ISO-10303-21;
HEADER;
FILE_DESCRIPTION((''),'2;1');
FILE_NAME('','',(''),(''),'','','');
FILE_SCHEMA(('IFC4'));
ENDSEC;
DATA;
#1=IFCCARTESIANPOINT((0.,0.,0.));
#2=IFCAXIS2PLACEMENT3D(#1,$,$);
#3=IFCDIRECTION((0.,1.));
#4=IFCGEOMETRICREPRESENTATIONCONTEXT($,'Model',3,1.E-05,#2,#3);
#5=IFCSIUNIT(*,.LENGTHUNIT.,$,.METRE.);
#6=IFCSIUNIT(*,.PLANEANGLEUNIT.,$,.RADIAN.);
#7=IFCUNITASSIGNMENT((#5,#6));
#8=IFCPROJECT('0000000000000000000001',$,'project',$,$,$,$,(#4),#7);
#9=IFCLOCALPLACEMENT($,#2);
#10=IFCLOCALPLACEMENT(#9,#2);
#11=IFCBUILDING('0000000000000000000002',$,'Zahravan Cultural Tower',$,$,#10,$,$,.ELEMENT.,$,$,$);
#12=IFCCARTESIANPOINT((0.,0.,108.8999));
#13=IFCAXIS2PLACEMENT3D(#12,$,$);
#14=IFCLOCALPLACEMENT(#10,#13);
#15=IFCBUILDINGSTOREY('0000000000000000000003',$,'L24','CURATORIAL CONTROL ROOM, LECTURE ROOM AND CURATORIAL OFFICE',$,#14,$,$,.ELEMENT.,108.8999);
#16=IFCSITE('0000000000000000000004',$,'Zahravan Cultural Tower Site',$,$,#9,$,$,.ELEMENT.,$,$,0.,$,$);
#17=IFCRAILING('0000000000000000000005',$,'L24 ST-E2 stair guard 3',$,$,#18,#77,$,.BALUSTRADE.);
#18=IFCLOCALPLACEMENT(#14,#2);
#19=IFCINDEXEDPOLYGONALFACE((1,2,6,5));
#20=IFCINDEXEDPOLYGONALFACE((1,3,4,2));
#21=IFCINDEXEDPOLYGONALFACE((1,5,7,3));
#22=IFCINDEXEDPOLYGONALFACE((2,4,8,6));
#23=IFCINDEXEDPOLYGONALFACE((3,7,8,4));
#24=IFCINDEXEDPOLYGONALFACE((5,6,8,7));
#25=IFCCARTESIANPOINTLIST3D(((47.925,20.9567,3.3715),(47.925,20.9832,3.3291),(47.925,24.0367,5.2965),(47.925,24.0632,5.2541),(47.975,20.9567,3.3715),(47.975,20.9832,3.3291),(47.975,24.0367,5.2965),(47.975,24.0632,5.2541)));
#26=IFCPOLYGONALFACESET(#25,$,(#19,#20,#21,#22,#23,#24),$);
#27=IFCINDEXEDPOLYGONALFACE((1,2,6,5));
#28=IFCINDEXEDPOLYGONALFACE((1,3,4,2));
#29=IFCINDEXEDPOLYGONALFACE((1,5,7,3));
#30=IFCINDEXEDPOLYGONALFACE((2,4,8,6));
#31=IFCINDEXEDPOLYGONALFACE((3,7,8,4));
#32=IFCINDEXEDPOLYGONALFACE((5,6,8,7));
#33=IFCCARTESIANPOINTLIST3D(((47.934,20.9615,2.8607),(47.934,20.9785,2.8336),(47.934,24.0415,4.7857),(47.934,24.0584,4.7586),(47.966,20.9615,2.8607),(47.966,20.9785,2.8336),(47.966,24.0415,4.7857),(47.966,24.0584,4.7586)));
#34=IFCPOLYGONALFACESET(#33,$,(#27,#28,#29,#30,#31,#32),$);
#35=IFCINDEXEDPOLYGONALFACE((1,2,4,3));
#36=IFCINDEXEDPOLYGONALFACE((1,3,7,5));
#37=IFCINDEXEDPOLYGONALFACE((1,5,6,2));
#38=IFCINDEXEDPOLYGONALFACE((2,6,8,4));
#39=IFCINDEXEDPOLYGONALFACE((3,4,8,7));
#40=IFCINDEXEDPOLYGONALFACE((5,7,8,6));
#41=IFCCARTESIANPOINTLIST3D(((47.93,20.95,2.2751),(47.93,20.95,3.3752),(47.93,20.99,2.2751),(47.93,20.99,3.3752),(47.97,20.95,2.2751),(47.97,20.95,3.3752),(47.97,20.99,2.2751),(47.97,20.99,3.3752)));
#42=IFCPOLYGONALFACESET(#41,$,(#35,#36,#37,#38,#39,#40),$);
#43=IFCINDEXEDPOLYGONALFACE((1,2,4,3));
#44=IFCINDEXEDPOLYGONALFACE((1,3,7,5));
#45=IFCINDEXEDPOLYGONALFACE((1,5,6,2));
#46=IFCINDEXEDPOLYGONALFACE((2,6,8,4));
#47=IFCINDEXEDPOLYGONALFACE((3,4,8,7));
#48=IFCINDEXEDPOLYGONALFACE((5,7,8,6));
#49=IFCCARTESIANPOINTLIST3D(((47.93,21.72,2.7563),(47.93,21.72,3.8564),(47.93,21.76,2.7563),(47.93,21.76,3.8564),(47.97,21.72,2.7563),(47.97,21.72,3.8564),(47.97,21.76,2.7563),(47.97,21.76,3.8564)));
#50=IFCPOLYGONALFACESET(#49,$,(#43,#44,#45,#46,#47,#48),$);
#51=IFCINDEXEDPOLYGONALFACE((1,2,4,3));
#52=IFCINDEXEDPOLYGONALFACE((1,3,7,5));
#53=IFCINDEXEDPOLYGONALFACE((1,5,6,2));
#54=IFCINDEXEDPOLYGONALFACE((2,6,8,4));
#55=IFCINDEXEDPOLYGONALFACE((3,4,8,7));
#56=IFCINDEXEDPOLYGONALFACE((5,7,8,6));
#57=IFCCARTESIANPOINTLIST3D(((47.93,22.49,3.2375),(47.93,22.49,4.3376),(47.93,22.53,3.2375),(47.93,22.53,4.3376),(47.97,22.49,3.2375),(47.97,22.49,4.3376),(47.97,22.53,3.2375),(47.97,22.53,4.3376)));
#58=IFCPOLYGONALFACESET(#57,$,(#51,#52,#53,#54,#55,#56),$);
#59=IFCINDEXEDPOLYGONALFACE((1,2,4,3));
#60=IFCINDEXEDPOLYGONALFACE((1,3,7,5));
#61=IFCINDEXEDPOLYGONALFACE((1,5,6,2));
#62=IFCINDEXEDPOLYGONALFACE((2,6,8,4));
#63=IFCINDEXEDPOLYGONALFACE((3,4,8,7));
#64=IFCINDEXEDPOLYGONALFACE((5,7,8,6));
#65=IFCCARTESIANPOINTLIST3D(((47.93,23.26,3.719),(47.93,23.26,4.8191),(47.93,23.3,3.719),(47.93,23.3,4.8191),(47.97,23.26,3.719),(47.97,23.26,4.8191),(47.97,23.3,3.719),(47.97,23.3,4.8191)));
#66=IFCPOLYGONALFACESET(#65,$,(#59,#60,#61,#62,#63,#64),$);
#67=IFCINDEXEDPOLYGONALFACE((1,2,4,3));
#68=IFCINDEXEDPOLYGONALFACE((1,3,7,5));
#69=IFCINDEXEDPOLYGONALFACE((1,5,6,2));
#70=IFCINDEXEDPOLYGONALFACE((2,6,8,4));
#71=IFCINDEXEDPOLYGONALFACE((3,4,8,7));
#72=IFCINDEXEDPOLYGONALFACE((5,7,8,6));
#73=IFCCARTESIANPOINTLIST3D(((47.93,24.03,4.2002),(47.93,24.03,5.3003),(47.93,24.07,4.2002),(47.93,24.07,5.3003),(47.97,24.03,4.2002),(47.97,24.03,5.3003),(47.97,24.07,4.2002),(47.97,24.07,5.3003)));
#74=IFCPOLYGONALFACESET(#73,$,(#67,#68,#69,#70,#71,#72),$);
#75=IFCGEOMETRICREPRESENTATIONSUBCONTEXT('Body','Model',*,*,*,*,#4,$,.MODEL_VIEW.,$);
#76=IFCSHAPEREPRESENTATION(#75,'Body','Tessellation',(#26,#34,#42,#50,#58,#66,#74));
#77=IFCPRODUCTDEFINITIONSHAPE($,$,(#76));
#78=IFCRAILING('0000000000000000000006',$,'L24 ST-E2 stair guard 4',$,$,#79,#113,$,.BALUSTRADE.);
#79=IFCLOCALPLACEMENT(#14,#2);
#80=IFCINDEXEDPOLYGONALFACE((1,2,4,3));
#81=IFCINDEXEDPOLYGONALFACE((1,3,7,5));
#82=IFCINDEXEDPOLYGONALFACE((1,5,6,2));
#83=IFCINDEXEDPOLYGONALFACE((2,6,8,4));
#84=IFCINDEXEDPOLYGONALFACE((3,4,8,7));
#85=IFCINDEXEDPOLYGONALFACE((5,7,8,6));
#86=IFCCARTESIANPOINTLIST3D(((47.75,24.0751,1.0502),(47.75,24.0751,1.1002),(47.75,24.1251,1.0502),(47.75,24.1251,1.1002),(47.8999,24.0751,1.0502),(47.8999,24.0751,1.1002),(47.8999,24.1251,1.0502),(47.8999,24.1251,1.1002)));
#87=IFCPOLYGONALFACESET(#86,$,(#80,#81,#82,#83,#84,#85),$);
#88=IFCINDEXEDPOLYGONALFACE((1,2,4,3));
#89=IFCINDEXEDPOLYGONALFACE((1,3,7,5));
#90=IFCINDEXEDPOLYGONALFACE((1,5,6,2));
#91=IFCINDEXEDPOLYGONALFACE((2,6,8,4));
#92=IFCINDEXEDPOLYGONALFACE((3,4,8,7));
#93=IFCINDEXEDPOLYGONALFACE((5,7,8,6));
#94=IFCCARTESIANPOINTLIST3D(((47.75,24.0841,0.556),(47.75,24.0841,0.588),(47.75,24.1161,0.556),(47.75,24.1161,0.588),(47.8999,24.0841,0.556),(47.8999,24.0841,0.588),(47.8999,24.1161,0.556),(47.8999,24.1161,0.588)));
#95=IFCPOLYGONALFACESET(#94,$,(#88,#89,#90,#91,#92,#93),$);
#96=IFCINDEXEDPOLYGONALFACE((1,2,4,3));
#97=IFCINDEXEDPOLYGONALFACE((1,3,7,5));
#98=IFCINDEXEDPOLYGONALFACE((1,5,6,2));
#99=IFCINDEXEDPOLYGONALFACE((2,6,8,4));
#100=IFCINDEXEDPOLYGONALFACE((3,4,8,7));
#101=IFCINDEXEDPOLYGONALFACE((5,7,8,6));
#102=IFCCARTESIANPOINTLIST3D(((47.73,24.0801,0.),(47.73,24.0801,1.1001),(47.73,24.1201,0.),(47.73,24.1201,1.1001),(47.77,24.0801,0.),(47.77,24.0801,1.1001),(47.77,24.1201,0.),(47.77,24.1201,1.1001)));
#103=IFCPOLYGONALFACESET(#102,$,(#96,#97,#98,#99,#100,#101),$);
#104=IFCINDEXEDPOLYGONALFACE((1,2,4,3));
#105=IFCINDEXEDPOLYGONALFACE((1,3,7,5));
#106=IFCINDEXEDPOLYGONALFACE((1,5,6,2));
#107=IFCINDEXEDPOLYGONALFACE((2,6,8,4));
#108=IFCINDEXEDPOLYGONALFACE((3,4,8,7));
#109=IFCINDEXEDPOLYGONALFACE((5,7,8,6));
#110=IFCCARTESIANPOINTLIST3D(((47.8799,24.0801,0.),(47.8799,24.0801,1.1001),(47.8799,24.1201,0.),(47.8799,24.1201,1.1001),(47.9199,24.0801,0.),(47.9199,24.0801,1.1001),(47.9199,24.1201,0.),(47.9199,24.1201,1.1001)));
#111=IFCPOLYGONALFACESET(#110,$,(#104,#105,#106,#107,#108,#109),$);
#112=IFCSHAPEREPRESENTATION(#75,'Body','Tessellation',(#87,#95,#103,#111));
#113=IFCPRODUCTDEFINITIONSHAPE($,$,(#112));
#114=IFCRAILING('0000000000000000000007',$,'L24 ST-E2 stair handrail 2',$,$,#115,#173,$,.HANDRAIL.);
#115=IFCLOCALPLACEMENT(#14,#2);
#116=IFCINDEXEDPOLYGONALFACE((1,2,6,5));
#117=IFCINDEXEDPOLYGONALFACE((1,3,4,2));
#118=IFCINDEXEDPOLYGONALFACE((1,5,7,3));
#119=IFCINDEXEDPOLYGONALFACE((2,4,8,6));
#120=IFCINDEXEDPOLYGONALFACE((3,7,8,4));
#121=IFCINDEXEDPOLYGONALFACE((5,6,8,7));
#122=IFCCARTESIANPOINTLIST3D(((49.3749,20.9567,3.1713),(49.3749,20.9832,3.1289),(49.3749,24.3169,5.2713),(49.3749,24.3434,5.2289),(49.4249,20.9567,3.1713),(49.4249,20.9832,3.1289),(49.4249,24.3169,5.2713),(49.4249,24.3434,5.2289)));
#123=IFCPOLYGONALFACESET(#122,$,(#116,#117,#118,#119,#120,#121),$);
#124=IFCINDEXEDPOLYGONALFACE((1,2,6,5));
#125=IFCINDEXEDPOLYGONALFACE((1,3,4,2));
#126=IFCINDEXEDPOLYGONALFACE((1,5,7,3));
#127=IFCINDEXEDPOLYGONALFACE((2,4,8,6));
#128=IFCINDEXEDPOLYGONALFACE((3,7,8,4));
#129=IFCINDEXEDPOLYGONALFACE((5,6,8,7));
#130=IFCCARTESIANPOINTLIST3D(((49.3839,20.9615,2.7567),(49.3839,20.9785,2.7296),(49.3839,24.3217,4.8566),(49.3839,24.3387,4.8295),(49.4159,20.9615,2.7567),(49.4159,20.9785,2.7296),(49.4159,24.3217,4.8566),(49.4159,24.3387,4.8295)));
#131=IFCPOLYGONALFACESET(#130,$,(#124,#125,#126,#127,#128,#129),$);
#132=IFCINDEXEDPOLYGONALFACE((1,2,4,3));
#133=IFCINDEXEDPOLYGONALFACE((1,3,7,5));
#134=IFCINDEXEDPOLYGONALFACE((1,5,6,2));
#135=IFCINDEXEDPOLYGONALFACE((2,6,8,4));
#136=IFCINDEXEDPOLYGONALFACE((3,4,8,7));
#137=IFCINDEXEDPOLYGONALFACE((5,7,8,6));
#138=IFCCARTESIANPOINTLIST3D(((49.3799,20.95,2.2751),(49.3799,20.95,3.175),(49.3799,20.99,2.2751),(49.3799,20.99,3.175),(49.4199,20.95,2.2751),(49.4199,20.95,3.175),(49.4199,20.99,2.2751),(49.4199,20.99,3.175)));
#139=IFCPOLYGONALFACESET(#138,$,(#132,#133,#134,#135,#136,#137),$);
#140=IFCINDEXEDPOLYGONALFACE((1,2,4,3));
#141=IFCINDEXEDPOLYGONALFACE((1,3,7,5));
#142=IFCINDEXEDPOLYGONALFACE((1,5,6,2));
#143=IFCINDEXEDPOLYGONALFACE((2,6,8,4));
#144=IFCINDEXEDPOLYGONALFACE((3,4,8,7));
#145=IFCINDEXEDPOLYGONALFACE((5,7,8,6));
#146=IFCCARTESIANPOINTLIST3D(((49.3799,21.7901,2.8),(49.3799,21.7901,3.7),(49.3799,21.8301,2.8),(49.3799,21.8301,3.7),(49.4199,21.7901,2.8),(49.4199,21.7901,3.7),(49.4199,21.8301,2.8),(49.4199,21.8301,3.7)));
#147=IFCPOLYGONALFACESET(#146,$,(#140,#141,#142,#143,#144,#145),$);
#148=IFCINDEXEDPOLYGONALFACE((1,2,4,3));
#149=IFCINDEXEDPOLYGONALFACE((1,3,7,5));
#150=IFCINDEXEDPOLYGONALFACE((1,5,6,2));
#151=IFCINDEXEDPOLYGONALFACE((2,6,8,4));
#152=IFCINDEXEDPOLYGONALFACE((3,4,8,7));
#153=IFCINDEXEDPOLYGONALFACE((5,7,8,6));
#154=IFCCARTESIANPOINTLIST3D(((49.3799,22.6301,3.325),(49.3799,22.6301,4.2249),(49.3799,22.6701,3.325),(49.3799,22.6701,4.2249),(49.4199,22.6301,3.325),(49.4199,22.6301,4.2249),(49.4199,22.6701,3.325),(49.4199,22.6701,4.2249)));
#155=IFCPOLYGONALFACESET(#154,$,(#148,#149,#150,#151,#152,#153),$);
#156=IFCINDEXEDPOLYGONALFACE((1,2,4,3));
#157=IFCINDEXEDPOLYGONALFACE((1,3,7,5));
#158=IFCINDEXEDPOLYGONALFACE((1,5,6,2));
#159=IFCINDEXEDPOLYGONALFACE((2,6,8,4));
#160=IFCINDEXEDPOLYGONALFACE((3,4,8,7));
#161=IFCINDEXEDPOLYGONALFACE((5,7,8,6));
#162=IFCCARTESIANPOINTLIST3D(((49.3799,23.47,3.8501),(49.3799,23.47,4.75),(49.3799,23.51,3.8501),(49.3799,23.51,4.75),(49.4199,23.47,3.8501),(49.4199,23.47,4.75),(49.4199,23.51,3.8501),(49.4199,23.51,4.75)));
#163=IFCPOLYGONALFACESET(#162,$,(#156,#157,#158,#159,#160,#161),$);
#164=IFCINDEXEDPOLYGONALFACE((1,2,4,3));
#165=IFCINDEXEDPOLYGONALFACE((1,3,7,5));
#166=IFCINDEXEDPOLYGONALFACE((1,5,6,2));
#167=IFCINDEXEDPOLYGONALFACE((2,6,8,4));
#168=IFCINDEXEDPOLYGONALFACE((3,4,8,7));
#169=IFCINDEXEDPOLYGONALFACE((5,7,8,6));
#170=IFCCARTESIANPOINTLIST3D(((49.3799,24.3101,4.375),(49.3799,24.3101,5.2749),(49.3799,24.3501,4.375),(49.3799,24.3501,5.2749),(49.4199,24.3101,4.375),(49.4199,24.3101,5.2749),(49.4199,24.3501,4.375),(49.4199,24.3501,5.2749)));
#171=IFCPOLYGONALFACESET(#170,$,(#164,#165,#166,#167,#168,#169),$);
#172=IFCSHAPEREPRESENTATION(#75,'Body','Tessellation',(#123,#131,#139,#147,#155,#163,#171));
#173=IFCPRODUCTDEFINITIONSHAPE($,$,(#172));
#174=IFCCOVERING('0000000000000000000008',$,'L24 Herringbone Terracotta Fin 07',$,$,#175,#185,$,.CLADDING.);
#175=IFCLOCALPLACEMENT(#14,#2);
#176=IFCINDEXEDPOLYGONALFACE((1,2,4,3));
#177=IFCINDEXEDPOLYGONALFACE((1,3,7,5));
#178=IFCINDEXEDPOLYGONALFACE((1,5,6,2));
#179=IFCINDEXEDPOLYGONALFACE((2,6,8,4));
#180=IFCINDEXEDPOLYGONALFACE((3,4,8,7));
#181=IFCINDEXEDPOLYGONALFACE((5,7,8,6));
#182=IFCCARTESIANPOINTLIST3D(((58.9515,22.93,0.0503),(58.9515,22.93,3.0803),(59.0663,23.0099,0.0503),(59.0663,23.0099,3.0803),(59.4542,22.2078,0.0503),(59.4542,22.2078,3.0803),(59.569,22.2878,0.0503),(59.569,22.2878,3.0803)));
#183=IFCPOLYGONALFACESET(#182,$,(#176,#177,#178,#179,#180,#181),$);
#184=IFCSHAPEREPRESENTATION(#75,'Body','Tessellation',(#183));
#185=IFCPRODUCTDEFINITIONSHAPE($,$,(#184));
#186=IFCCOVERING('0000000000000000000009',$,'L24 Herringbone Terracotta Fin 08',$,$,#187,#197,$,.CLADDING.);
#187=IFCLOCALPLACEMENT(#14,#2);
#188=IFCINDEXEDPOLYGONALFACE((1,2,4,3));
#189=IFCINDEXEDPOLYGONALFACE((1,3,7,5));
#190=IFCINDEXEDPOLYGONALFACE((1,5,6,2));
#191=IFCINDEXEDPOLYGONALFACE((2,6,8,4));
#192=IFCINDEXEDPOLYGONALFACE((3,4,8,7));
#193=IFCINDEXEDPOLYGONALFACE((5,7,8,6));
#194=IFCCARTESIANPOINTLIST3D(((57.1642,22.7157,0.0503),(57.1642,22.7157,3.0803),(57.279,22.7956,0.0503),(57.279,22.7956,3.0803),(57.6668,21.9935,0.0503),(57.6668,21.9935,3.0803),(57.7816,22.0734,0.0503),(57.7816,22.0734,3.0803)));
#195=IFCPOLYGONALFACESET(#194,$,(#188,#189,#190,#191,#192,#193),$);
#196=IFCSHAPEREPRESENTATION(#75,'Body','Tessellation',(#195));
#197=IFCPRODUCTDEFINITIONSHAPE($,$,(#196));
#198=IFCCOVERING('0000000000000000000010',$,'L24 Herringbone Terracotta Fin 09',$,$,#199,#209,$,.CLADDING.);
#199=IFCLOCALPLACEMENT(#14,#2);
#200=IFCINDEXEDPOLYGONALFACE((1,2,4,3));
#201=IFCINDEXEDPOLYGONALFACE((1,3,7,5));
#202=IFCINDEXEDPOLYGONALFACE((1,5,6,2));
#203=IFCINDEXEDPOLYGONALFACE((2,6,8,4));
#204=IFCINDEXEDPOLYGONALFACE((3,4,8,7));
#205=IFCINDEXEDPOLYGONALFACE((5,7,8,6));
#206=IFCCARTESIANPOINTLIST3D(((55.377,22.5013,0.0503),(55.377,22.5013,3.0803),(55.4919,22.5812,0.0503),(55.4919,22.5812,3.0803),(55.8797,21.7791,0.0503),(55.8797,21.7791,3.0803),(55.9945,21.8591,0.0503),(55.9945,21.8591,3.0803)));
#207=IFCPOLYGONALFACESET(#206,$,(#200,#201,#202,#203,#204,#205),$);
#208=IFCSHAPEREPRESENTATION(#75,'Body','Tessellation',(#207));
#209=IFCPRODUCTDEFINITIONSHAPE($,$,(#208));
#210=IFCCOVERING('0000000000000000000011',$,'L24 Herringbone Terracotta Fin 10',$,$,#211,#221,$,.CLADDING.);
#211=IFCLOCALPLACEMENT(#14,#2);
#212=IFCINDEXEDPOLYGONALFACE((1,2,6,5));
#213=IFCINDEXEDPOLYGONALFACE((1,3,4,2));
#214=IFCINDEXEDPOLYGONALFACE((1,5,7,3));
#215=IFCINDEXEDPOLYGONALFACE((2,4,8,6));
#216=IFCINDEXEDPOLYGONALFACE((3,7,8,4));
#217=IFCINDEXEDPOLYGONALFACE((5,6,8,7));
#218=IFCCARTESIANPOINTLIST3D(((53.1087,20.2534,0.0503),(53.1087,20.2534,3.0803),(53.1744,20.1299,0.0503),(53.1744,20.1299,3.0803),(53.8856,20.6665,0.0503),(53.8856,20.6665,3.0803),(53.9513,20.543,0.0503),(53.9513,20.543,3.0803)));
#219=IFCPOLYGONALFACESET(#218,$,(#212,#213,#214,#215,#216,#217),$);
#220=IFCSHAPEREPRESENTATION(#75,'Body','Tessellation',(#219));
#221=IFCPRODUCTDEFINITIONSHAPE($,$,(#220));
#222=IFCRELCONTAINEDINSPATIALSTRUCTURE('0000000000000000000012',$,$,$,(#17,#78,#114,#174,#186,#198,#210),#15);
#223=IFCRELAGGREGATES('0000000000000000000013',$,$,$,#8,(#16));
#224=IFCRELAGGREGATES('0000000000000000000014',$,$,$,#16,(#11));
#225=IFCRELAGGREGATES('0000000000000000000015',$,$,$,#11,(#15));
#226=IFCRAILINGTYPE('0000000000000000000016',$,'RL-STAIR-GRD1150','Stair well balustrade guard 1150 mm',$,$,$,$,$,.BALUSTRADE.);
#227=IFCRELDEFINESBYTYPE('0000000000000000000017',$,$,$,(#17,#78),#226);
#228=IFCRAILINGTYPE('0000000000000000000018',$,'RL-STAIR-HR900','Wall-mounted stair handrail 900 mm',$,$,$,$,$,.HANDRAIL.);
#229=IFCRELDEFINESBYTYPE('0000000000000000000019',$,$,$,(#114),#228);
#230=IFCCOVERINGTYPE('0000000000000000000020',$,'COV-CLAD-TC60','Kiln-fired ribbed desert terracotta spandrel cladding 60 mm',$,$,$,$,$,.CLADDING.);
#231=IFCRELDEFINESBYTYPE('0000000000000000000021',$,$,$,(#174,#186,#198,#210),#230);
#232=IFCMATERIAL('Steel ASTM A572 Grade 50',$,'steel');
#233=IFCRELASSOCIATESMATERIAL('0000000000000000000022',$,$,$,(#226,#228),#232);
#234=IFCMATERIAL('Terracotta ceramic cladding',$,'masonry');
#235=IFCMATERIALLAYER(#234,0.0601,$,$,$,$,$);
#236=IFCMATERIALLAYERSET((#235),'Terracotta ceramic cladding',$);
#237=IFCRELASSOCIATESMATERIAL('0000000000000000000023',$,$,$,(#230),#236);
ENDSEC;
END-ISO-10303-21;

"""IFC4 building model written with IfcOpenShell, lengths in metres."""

from ifc_helpers import new_model, si_unit, direction, frame, origin, origin_2d, place, context, subcontext, project, spatial, rectangle, extrude, source, transform, mapped, material, layer, layer_set, type_object, element, save


model = new_model("IFC4")

# Units and contexts
model_context = context("Model", 3, precision=1e-05, world=origin(), true_north=direction((0.0, 1.0)))
body_context = subcontext(model_context, "Body", "Model", "MODEL_VIEW")
ifc_project = project(units=[si_unit("LENGTHUNIT", "METRE"), si_unit("PLANEANGLEUNIT", "RADIAN")], contexts=[model_context])

# Site, building, storey
site_placement = place(None, origin())
site = spatial("IfcSite", under=ifc_project, at=site_placement, Name="Zahravan Cultural Tower Site", CompositionType="ELEMENT", RefElevation=0.0)
building_placement = place(site_placement, origin())
building = spatial("IfcBuilding", under=site, at=building_placement, Name="Zahravan Cultural Tower", CompositionType="ELEMENT")
storey_placement = place(building_placement, frame((0.0, 0.0, 108.8999)))
storey = spatial("IfcBuildingStorey", under=building, at=storey_placement, Name="L24", Description="CURATORIAL CONTROL ROOM, LECTURE ROOM AND CURATORIAL OFFICE", CompositionType="ELEMENT", Elevation=108.8999)

# Railings
ifc_material_1 = material(Name="Steel ASTM A572 Grade 50", Category="steel")
railing_type_1 = type_object("IfcRailingType", Name="RL-STAIR-GRD1150", Description="Stair well balustrade guard 1150 mm", PredefinedType="BALUSTRADE", material=ifc_material_1)
railing_1_placement = place(storey_placement, frame((47.95, 20.97, 2.2751)))
element("IfcRailing", 1, at=railing_1_placement, inside=storey, type_object=railing_type_1, Name="L24 ST-E2 stair guard 3", PredefinedType="BALUSTRADE", context=body_context, shape_type="SweptSolid", body=[
    extrude(rectangle(XDim=0.05, YDim=0.05, at=origin_2d()), frame((0.0, 0.0, 1.0752), z_axis=(0.0, 0.847998, 0.529999), x_axis=(-1.0, 0.0, 0.0)), (0.0, 0.0, 1.0), 3.6321),
    extrude(rectangle(XDim=0.032, YDim=0.032, at=origin_2d()), frame((0.0, 0.0, 0.572), z_axis=(0.0, 0.847998, 0.529999), x_axis=(-1.0, 0.0, 0.0)), (0.0, 0.0, 1.0), 3.6321),
    extrude(rectangle(XDim=0.04, YDim=0.04, at=origin_2d()), origin(), (0.0, 0.0, 1.0), 1.1001),
    extrude(rectangle(XDim=0.04, YDim=0.04, at=origin_2d()), frame((0.0, 0.77, 0.4812)), (0.0, 0.0, 1.0), 1.1001),
    extrude(rectangle(XDim=0.04, YDim=0.04, at=origin_2d()), frame((0.0, 1.54, 0.9624)), (0.0, 0.0, 1.0), 1.1001),
    extrude(rectangle(XDim=0.04, YDim=0.04, at=origin_2d()), frame((0.0, 2.3101, 1.4438)), (0.0, 0.0, 1.0), 1.1001),
    extrude(rectangle(XDim=0.04, YDim=0.04, at=origin_2d()), frame((0.0, 3.0801, 1.925)), (0.0, 0.0, 1.0), 1.1001),
])
railing_2_placement = place(storey_placement, frame((47.75, 24.1001, 0.0)))
element("IfcRailing", 2, at=railing_2_placement, inside=storey, type_object=railing_type_1, Name="L24 ST-E2 stair guard 4", PredefinedType="BALUSTRADE", context=body_context, shape_type="SweptSolid", body=[
    extrude(rectangle(XDim=0.05, YDim=0.05, at=origin_2d()), frame((0.0, 0.0, 1.0752), z_axis=(1.0, 0.0, 0.0), x_axis=(0.0, 1.0, 0.0)), (0.0, 0.0, 1.0), 0.1499),
    extrude(rectangle(XDim=0.032, YDim=0.032, at=origin_2d()), frame((0.0, 0.0, 0.572), z_axis=(1.0, 0.0, 0.0), x_axis=(0.0, 1.0, 0.0)), (0.0, 0.0, 1.0), 0.1499),
    extrude(rectangle(XDim=0.04, YDim=0.04, at=origin_2d()), origin(), (0.0, 0.0, 1.0), 1.1001),
    extrude(rectangle(XDim=0.04, YDim=0.04, at=origin_2d()), frame((0.1499, 0.0, 0.0)), (0.0, 0.0, 1.0), 1.1001),
])
railing_type_2 = type_object("IfcRailingType", Name="RL-STAIR-HR900", Description="Wall-mounted stair handrail 900 mm", PredefinedType="HANDRAIL", material=ifc_material_1)
railing_3_placement = place(storey_placement, frame((49.3999, 20.97, 2.2751)))
element("IfcRailing", 3, at=railing_3_placement, inside=storey, type_object=railing_type_2, Name="L24 ST-E2 stair handrail 2", PredefinedType="HANDRAIL", context=body_context, shape_type="SweptSolid", body=[
    extrude(rectangle(XDim=0.05, YDim=0.05, at=origin_2d()), frame((0.0, 0.0, 0.875), z_axis=(0.0, 0.848023, 0.52996), x_axis=(-1.0, 0.0, 0.0)), (0.0, 0.0, 1.0), 3.9624),
    extrude(rectangle(XDim=0.032, YDim=0.032, at=origin_2d()), frame((0.0, 0.0, 0.468), z_axis=(0.0, 0.848023, 0.52996), x_axis=(-1.0, 0.0, 0.0)), (0.0, 0.0, 1.0), 3.9624),
    extrude(rectangle(XDim=0.04, YDim=0.04, at=origin_2d()), origin(), (0.0, 0.0, 1.0), 0.8999),
    extrude(rectangle(XDim=0.04, YDim=0.04, at=origin_2d()), frame((0.0, 0.8401, 0.5249)), (0.0, 0.0, 1.0), 0.8999),
    extrude(rectangle(XDim=0.04, YDim=0.04, at=origin_2d()), frame((0.0, 1.6802, 1.0498)), (0.0, 0.0, 1.0), 0.8999),
    extrude(rectangle(XDim=0.04, YDim=0.04, at=origin_2d()), frame((0.0, 2.52, 1.575)), (0.0, 0.0, 1.0), 0.8999),
    extrude(rectangle(XDim=0.04, YDim=0.04, at=origin_2d()), frame((0.0, 3.3601, 2.0999)), (0.0, 0.0, 1.0), 0.8999),
])

# Coverings
ifc_material_2 = material(Name="Terracotta ceramic cladding", Category="masonry")
ifc_layer_1 = layer(ifc_material_2, 0.0601)
ifc_layer_set_1 = layer_set([ifc_layer_1], Name="Terracotta ceramic cladding")
covering_type = type_object("IfcCoveringType", Name="COV-CLAD-TC60", Description="Kiln-fired ribbed desert terracotta spandrel cladding 60 mm", PredefinedType="CLADDING", material=ifc_layer_set_1)
shared_shape_1 = source(origin(), body_context, "Body", "SweptSolid", [
    extrude(rectangle(XDim=0.8799, YDim=0.1399, at=origin_2d()), origin(), (0.0, 0.0, 1.0), 3.03),
])
for number, where, z_axis, x_axis, name in (
    (4, (59.2603, 22.6089, 0.0503), (0.0, 0.0, 1.0), (0.571287, -0.820751, 0.0), "L24 Herringbone Terracotta Fin 07"),
    (5, (57.4729, 22.3945, 0.0503), (0.0, 0.0, 1.0), (0.571287, -0.820751, 0.0), "L24 Herringbone Terracotta Fin 08"),
    (6, (55.6858, 22.1802, 0.0503), (0.0, 0.0, 1.0), (0.571287, -0.820751, 0.0), "L24 Herringbone Terracotta Fin 09"),
    (7, (53.53, 20.3982, 0.0503), (0.0, 0.0, 1.0), (0.882948, 0.469472, 0.0), "L24 Herringbone Terracotta Fin 10"),
):
    element("IfcCovering", number, at=place(storey_placement, frame(where, z_axis=z_axis, x_axis=x_axis)), inside=storey, type_object=covering_type, Name=name, PredefinedType="CLADDING", context=body_context, shape_type="MappedRepresentation", body=[
        mapped(shared_shape_1, transform((0.0, 0.0, 0.0), x_axis=(1.0, 0.0, 0.0), y_axis=(0.0, 1.0, 0.0), z_axis=(0.0, 0.0, 1.0), scale=1.0)),
    ])

save(model, "model.ifc")
